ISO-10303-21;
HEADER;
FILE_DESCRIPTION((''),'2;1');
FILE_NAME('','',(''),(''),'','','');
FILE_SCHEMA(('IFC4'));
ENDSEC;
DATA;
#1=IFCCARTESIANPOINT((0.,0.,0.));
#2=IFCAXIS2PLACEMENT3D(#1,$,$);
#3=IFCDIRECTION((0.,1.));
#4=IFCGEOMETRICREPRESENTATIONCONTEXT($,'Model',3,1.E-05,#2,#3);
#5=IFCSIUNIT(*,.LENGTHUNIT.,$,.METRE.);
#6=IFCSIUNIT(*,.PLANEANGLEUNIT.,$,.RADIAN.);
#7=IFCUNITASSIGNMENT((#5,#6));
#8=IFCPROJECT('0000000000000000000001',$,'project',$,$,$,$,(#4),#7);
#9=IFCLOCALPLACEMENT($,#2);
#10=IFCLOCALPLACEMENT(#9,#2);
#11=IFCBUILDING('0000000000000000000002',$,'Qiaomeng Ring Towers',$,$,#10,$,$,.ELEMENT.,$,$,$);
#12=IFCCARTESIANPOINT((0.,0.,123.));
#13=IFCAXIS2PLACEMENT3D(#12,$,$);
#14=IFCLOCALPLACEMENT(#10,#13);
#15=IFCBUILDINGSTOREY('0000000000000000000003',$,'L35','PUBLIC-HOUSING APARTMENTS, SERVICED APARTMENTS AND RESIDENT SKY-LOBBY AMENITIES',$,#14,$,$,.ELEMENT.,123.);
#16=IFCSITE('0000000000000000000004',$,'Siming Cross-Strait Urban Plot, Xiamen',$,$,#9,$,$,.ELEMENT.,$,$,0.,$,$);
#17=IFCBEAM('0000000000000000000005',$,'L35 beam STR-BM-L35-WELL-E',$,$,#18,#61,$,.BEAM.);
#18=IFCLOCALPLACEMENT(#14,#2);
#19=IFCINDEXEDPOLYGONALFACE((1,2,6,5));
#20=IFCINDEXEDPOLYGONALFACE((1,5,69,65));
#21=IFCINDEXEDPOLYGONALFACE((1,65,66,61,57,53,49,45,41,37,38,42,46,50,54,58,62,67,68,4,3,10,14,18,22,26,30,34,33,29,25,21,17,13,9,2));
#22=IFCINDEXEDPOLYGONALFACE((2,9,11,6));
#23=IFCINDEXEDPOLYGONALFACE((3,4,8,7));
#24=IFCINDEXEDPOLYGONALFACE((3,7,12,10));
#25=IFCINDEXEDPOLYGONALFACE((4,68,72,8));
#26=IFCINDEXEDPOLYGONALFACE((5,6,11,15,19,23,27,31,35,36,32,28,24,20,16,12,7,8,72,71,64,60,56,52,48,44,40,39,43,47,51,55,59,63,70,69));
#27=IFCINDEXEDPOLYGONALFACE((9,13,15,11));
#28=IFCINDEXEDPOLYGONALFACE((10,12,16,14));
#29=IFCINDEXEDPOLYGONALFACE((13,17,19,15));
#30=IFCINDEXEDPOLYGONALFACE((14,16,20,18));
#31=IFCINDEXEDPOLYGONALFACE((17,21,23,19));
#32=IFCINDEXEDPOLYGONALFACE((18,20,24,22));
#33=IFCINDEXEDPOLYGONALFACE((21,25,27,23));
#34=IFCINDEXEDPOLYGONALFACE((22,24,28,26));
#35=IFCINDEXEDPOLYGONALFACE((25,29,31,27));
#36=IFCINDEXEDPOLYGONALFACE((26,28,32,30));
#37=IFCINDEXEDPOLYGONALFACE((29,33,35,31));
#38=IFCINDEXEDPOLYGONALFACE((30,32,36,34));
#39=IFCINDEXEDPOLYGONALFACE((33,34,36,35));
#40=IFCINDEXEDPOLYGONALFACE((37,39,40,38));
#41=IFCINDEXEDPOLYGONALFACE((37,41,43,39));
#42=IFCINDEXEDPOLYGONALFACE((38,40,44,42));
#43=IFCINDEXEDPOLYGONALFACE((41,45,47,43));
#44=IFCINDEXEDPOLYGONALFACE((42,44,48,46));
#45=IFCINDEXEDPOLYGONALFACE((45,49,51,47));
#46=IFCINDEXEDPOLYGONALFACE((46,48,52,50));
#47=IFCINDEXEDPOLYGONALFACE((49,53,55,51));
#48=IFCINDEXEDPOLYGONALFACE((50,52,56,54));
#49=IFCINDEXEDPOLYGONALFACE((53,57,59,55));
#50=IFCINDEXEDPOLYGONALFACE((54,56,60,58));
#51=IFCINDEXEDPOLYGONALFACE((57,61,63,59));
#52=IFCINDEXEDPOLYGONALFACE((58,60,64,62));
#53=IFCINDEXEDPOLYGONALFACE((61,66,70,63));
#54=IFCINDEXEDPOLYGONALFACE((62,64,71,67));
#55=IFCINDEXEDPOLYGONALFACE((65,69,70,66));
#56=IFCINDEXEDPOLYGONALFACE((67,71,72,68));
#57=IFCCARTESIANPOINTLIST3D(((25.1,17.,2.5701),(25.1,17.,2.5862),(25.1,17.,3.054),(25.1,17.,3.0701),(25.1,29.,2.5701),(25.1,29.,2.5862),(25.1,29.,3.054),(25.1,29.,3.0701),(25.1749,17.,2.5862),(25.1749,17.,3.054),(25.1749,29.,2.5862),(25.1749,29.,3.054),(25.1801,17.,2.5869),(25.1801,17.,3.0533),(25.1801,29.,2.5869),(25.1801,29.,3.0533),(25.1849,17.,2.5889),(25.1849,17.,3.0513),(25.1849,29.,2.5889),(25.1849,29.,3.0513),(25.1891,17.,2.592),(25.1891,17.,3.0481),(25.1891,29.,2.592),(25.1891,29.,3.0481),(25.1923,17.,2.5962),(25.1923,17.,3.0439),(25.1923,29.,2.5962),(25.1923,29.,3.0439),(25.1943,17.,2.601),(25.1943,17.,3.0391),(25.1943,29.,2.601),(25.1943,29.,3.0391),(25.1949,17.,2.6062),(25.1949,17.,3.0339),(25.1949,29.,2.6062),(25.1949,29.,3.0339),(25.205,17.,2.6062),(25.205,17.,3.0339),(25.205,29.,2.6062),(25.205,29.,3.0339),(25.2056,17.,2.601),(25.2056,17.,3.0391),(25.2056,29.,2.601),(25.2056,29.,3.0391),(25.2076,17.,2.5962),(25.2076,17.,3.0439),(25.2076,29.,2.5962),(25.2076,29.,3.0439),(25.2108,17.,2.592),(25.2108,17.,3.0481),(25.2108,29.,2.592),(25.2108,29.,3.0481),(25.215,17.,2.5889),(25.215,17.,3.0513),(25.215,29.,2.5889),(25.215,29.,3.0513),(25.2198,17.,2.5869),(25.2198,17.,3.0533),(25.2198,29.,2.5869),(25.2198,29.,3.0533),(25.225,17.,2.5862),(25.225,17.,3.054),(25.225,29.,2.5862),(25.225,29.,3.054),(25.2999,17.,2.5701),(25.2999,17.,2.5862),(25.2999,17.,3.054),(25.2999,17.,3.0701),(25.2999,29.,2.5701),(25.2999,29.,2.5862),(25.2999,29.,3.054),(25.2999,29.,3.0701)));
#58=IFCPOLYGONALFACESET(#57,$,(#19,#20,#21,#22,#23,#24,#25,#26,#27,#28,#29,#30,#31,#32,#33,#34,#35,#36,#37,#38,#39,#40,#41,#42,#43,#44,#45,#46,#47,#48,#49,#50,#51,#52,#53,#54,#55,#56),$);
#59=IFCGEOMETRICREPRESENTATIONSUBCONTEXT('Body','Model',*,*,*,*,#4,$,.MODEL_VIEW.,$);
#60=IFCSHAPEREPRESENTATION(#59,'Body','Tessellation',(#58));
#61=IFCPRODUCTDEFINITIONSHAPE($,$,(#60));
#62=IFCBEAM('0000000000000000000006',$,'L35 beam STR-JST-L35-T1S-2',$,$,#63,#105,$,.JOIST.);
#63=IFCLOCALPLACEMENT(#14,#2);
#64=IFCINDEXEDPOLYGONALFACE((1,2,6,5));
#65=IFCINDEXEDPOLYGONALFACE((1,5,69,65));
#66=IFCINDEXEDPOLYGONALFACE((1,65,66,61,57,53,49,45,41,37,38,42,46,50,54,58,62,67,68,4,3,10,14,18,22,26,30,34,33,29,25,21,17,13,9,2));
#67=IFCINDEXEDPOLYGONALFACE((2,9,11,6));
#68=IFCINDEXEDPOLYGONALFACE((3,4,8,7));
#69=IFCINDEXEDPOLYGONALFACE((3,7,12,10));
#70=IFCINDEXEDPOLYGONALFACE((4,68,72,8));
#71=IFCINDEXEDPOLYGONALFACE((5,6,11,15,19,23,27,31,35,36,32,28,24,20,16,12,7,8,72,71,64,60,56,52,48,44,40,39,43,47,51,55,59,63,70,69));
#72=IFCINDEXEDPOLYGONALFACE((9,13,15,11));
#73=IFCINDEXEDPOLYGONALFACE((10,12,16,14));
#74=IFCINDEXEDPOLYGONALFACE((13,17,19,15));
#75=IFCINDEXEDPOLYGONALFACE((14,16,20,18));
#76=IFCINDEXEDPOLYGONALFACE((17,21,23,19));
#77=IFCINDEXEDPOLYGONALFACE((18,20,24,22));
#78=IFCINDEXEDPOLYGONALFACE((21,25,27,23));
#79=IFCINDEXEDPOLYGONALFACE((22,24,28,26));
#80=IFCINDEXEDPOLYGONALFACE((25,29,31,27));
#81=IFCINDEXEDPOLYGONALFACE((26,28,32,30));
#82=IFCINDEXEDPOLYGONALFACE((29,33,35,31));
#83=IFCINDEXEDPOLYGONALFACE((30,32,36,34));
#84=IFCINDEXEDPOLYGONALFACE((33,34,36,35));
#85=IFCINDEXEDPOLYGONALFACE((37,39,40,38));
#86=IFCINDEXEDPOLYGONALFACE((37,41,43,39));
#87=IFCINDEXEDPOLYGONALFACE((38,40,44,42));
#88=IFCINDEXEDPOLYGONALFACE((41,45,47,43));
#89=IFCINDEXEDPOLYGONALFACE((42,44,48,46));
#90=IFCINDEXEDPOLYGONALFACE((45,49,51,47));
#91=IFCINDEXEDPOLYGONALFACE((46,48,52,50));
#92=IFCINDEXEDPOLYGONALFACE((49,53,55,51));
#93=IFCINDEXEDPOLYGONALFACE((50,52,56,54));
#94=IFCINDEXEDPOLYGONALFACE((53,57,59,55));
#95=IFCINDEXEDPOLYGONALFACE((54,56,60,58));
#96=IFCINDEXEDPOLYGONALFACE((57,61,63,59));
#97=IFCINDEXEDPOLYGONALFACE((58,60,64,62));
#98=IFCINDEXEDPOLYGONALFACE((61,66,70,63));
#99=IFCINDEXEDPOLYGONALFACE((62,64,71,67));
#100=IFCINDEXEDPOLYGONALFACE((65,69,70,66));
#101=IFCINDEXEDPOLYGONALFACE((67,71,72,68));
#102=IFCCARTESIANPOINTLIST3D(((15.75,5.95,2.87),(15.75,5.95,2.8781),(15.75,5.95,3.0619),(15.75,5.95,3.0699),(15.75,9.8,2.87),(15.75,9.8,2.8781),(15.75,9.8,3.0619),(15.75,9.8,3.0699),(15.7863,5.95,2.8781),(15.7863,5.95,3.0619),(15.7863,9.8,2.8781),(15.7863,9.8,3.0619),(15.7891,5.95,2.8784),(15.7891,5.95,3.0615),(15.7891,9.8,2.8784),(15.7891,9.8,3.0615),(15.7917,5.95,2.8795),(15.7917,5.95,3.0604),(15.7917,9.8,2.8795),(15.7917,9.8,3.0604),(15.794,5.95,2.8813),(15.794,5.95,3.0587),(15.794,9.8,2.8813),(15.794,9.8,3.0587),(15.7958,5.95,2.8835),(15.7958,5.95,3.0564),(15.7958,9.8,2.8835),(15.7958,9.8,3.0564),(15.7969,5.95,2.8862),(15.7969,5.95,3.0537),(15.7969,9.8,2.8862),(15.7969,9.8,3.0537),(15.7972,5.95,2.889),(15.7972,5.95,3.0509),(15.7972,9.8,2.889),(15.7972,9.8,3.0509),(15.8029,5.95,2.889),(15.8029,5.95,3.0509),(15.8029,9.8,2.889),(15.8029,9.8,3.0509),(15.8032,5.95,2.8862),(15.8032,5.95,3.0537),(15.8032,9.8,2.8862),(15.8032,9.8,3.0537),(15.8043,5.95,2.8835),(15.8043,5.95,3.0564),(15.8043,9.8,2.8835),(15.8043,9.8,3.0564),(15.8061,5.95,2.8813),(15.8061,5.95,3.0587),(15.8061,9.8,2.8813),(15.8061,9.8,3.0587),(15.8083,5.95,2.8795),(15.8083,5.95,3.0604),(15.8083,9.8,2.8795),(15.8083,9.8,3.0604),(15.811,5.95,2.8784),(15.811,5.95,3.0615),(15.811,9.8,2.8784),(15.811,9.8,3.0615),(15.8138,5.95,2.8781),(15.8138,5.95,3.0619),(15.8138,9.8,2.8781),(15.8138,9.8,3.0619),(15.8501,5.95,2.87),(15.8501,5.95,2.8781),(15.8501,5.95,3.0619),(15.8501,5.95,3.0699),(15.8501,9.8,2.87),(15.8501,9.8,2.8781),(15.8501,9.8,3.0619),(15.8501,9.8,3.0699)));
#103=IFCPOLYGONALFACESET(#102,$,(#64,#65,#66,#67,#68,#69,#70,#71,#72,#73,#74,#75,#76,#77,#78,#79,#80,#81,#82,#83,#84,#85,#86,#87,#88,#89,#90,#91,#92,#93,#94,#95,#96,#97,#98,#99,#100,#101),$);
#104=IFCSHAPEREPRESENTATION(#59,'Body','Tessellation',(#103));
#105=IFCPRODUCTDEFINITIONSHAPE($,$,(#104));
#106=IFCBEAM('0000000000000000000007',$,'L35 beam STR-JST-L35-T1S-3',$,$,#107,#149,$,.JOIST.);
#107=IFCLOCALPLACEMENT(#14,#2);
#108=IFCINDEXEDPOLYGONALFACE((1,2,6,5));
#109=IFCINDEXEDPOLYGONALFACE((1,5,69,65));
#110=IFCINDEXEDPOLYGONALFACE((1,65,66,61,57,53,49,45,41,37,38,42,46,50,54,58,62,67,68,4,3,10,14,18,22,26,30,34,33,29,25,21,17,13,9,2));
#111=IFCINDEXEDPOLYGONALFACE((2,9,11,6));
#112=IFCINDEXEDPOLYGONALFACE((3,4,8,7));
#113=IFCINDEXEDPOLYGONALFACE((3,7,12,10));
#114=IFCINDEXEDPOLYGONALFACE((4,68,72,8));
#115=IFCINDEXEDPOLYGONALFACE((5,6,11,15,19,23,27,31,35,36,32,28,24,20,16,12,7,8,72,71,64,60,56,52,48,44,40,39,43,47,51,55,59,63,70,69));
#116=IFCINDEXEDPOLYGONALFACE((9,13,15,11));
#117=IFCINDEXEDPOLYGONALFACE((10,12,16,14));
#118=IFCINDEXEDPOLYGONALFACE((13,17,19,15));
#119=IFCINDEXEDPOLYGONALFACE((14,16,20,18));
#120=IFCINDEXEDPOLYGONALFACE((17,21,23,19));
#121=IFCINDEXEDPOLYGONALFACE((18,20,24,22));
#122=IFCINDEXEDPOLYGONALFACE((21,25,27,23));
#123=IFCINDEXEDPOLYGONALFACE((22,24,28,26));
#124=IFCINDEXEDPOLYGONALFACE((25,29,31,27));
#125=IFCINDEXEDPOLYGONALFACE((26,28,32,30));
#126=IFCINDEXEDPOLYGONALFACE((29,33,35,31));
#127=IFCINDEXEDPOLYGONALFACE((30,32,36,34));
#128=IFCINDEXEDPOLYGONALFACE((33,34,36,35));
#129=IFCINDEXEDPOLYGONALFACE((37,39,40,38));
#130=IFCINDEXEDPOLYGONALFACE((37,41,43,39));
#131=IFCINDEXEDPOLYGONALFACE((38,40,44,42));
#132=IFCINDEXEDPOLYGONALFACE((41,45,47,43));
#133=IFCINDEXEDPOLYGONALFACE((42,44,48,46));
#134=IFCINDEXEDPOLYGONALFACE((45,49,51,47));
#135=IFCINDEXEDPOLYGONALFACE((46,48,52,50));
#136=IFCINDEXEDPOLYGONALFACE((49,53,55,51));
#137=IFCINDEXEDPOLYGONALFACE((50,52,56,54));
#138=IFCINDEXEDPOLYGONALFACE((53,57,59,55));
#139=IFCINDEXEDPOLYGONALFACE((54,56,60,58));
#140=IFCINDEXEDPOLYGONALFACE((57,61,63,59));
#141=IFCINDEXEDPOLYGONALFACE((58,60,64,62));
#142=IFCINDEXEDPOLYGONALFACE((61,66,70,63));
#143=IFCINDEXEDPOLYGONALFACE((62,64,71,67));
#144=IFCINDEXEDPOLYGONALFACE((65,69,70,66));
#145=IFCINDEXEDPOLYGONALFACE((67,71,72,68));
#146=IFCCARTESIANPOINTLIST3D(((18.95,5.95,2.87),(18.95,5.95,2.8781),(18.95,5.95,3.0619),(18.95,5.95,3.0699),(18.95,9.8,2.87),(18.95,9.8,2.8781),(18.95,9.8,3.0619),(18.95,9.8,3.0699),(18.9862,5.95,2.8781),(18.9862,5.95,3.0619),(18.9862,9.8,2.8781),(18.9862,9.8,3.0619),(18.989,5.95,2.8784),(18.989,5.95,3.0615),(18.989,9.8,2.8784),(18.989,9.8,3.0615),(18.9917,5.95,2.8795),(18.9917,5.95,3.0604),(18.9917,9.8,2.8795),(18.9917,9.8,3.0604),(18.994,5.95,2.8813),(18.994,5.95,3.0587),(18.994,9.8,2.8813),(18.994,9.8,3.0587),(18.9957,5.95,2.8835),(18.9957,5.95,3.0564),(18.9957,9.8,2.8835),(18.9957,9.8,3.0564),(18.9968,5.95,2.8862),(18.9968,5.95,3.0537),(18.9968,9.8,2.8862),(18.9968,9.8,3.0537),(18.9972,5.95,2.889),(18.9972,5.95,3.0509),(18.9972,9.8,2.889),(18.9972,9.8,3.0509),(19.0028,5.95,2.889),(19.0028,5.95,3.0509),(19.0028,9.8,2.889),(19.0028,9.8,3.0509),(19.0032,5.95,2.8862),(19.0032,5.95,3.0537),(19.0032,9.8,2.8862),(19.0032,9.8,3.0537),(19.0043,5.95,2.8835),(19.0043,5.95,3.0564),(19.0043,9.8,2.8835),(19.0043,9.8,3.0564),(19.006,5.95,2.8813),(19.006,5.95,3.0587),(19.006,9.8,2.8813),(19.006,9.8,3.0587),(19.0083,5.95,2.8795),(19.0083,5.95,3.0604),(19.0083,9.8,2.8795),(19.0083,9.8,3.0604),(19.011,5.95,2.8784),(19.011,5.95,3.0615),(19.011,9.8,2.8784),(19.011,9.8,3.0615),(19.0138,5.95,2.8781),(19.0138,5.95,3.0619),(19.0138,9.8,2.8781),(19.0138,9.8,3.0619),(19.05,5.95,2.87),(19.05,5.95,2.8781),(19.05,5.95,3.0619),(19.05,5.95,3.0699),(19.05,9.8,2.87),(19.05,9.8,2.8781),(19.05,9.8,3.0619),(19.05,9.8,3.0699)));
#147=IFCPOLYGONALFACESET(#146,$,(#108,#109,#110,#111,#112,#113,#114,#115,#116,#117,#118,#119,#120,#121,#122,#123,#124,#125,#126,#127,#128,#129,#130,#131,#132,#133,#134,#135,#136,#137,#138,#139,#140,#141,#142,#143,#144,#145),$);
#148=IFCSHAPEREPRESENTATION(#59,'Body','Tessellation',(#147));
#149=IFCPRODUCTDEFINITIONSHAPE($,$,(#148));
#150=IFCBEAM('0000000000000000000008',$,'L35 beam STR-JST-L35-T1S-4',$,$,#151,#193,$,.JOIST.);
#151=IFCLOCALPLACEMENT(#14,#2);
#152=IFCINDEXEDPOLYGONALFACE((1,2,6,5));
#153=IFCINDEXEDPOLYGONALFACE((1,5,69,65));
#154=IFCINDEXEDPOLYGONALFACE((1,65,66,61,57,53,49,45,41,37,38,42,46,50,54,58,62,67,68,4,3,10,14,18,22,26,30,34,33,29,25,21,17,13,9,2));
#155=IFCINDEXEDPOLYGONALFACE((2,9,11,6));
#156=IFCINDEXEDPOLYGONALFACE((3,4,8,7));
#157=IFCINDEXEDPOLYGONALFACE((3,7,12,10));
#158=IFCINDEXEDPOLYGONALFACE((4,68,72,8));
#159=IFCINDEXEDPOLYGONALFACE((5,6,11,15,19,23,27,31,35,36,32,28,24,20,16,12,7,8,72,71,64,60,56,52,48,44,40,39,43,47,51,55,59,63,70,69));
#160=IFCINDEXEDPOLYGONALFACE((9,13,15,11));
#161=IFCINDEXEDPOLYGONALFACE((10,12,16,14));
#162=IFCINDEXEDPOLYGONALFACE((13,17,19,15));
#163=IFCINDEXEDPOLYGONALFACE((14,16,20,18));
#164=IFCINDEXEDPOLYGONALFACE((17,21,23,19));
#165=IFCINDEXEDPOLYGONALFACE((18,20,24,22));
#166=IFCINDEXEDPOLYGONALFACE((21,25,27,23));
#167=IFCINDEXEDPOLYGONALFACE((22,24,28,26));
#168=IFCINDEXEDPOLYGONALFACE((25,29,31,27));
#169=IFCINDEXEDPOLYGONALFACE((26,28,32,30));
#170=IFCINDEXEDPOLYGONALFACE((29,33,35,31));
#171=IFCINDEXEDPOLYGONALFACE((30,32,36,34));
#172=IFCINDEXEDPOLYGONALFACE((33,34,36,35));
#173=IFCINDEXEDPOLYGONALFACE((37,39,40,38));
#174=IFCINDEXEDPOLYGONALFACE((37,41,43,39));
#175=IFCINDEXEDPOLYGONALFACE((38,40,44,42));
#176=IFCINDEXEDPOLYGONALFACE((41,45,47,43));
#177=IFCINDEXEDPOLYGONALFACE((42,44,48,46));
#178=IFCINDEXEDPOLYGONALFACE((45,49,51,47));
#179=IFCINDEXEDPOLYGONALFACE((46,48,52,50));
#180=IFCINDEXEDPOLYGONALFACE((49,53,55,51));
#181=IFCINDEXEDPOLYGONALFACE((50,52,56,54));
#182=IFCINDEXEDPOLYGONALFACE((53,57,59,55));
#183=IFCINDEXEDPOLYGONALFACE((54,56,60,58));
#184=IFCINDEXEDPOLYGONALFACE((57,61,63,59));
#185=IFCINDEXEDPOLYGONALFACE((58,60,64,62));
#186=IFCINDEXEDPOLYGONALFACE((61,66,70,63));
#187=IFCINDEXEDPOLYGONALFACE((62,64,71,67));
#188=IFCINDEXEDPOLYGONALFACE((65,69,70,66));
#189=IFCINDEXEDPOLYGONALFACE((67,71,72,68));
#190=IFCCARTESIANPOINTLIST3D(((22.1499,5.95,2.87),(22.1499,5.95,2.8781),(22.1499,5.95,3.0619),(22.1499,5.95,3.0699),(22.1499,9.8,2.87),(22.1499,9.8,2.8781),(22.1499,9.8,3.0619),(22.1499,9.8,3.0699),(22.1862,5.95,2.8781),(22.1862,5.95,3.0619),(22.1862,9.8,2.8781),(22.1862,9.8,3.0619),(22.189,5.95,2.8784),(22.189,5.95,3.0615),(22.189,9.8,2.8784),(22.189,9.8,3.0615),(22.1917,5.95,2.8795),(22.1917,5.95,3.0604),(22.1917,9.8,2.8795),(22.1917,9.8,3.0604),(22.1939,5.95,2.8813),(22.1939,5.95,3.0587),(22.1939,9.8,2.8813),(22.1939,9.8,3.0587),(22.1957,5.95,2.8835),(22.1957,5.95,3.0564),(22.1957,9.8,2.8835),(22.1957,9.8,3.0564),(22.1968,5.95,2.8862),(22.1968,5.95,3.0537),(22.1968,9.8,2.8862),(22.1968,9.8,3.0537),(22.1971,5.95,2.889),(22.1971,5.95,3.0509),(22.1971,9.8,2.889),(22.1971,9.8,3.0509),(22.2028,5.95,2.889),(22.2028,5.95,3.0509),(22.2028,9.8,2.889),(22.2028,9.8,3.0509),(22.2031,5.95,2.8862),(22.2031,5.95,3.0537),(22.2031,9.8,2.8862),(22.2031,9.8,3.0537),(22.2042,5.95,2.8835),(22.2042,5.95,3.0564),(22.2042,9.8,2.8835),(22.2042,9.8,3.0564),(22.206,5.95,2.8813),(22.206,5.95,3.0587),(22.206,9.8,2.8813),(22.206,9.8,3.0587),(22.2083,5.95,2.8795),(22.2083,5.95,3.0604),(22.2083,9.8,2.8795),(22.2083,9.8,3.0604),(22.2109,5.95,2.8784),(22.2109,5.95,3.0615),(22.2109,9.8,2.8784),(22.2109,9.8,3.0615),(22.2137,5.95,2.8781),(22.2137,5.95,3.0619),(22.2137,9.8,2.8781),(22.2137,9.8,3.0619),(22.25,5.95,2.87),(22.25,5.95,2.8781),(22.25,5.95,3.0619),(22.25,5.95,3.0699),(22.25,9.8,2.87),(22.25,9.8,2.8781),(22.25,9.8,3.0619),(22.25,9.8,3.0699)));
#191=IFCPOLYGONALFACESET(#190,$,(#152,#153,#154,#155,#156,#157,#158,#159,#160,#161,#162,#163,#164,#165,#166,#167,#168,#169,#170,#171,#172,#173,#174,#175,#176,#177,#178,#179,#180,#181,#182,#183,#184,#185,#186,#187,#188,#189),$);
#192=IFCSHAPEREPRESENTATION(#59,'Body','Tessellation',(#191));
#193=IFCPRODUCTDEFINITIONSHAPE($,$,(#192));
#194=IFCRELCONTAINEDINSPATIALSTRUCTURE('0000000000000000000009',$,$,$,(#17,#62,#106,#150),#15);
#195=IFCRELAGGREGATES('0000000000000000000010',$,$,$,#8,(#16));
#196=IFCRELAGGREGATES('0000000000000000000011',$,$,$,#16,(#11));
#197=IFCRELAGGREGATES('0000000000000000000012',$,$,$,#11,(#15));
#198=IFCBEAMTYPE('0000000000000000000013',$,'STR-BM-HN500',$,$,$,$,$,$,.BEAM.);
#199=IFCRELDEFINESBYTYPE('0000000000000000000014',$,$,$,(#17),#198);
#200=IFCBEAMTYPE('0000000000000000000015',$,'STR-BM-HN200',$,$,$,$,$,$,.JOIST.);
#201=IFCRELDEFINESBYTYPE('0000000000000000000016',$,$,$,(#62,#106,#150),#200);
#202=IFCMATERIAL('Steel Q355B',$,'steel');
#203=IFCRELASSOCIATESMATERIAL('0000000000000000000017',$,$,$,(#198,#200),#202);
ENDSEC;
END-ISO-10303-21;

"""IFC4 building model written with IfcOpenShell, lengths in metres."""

from ifc_helpers import new_model, si_unit, direction, frame, origin, origin_2d, place, context, subcontext, project, spatial, i_section, extrude, source, transform, mapped, material, material_profile, profile_set, type_object, element, save


model = new_model("IFC4")

# Units and contexts
model_context = context("Model", 3, precision=1e-05, world=origin(), true_north=direction((0.0, 1.0)))
body_context = subcontext(model_context, "Body", "Model", "MODEL_VIEW")
ifc_project = project(units=[si_unit("LENGTHUNIT", "METRE"), si_unit("PLANEANGLEUNIT", "RADIAN")], contexts=[model_context])

# Site, building, storey
site_placement = place(None, origin())
site = spatial("IfcSite", under=ifc_project, at=site_placement, Name="Siming Cross-Strait Urban Plot, Xiamen", CompositionType="ELEMENT", RefElevation=0.0)
building_placement = place(site_placement, origin())
building = spatial("IfcBuilding", under=site, at=building_placement, Name="Qiaomeng Ring Towers", CompositionType="ELEMENT")
storey_placement = place(building_placement, frame((0.0, 0.0, 123.0)))
storey = spatial("IfcBuildingStorey", under=building, at=storey_placement, Name="L35", Description="PUBLIC-HOUSING APARTMENTS, SERVICED APARTMENTS AND RESIDENT SKY-LOBBY AMENITIES", CompositionType="ELEMENT", Elevation=123.0)

# Beams
ifc_material_1 = material(Name="Steel Q355B", Category="steel")
ifc_material_profile_1 = material_profile(ifc_material_1, i_section(OverallWidth=0.2, OverallDepth=0.5, WebThickness=0.01, FlangeThickness=0.0161, FilletRadius=0.02, at=origin_2d()), Name="HN 500x200x10x16")
ifc_profile_set_1 = profile_set([ifc_material_profile_1], Name="Steel Q355B")
beam_type_1 = type_object("IfcBeamType", Name="STR-BM-HN500", PredefinedType="BEAM", material=ifc_profile_set_1)
shared_shape_1 = source(origin(), body_context, "Body", "SweptSolid", [
    extrude(i_section(OverallWidth=0.2, OverallDepth=0.5, WebThickness=0.01, FlangeThickness=0.0161, FilletRadius=0.02, at=origin_2d()), origin(), (0.0, 0.0, 1.0), 12.0),
])
beam_1_placement = place(storey_placement, frame((25.2, 17.0, 2.8201), z_axis=(0.0, 1.0, 0.0), x_axis=(-1.0, 0.0, 0.0)))
element("IfcBeam", 1, at=beam_1_placement, inside=storey, type_object=beam_type_1, Name="L35 beam STR-BM-L35-WELL-E", PredefinedType="BEAM", context=body_context, shape_type="MappedRepresentation", body=[
    mapped(shared_shape_1, transform((0.0, 0.0, 0.0), x_axis=(1.0, 0.0, 0.0), y_axis=(0.0, 1.0, 0.0), z_axis=(0.0, 0.0, 1.0), scale=1.0)),
])
ifc_material_profile_2 = material_profile(ifc_material_1, i_section(OverallWidth=0.1001, OverallDepth=0.2, WebThickness=0.0056, FlangeThickness=0.0081, FilletRadius=0.011, at=origin_2d()), Name="HN 200x100x5.5x8")
ifc_profile_set_2 = profile_set([ifc_material_profile_2], Name="Steel Q355B")
beam_type_2 = type_object("IfcBeamType", Name="STR-BM-HN200", PredefinedType="JOIST", material=ifc_profile_set_2)
shared_shape_2 = source(origin(), body_context, "Body", "SweptSolid", [
    extrude(i_section(OverallWidth=0.1001, OverallDepth=0.2, WebThickness=0.0056, FlangeThickness=0.0081, FilletRadius=0.011, at=origin_2d()), origin(), (0.0, 0.0, 1.0), 3.8501),
])
for number, where, z_axis, x_axis, name in (
    (2, (15.8, 5.95, 2.97), (0.0, 1.0, 0.0), (-1.0, 0.0, 0.0), "L35 beam STR-JST-L35-T1S-2"),
    (3, (19.0, 5.95, 2.97), (0.0, 1.0, 0.0), (-1.0, 0.0, 0.0), "L35 beam STR-JST-L35-T1S-3"),
    (4, (22.2, 5.95, 2.97), (0.0, 1.0, 0.0), (-1.0, 0.0, 0.0), "L35 beam STR-JST-L35-T1S-4"),
):
    element("IfcBeam", number, at=place(storey_placement, frame(where, z_axis=z_axis, x_axis=x_axis)), inside=storey, type_object=beam_type_2, Name=name, PredefinedType="JOIST", context=body_context, shape_type="MappedRepresentation", body=[
        mapped(shared_shape_2, transform((0.0, 0.0, 0.0), x_axis=(1.0, 0.0, 0.0), y_axis=(0.0, 1.0, 0.0), z_axis=(0.0, 0.0, 1.0), scale=1.0)),
    ])

save(model, "model.ifc")
